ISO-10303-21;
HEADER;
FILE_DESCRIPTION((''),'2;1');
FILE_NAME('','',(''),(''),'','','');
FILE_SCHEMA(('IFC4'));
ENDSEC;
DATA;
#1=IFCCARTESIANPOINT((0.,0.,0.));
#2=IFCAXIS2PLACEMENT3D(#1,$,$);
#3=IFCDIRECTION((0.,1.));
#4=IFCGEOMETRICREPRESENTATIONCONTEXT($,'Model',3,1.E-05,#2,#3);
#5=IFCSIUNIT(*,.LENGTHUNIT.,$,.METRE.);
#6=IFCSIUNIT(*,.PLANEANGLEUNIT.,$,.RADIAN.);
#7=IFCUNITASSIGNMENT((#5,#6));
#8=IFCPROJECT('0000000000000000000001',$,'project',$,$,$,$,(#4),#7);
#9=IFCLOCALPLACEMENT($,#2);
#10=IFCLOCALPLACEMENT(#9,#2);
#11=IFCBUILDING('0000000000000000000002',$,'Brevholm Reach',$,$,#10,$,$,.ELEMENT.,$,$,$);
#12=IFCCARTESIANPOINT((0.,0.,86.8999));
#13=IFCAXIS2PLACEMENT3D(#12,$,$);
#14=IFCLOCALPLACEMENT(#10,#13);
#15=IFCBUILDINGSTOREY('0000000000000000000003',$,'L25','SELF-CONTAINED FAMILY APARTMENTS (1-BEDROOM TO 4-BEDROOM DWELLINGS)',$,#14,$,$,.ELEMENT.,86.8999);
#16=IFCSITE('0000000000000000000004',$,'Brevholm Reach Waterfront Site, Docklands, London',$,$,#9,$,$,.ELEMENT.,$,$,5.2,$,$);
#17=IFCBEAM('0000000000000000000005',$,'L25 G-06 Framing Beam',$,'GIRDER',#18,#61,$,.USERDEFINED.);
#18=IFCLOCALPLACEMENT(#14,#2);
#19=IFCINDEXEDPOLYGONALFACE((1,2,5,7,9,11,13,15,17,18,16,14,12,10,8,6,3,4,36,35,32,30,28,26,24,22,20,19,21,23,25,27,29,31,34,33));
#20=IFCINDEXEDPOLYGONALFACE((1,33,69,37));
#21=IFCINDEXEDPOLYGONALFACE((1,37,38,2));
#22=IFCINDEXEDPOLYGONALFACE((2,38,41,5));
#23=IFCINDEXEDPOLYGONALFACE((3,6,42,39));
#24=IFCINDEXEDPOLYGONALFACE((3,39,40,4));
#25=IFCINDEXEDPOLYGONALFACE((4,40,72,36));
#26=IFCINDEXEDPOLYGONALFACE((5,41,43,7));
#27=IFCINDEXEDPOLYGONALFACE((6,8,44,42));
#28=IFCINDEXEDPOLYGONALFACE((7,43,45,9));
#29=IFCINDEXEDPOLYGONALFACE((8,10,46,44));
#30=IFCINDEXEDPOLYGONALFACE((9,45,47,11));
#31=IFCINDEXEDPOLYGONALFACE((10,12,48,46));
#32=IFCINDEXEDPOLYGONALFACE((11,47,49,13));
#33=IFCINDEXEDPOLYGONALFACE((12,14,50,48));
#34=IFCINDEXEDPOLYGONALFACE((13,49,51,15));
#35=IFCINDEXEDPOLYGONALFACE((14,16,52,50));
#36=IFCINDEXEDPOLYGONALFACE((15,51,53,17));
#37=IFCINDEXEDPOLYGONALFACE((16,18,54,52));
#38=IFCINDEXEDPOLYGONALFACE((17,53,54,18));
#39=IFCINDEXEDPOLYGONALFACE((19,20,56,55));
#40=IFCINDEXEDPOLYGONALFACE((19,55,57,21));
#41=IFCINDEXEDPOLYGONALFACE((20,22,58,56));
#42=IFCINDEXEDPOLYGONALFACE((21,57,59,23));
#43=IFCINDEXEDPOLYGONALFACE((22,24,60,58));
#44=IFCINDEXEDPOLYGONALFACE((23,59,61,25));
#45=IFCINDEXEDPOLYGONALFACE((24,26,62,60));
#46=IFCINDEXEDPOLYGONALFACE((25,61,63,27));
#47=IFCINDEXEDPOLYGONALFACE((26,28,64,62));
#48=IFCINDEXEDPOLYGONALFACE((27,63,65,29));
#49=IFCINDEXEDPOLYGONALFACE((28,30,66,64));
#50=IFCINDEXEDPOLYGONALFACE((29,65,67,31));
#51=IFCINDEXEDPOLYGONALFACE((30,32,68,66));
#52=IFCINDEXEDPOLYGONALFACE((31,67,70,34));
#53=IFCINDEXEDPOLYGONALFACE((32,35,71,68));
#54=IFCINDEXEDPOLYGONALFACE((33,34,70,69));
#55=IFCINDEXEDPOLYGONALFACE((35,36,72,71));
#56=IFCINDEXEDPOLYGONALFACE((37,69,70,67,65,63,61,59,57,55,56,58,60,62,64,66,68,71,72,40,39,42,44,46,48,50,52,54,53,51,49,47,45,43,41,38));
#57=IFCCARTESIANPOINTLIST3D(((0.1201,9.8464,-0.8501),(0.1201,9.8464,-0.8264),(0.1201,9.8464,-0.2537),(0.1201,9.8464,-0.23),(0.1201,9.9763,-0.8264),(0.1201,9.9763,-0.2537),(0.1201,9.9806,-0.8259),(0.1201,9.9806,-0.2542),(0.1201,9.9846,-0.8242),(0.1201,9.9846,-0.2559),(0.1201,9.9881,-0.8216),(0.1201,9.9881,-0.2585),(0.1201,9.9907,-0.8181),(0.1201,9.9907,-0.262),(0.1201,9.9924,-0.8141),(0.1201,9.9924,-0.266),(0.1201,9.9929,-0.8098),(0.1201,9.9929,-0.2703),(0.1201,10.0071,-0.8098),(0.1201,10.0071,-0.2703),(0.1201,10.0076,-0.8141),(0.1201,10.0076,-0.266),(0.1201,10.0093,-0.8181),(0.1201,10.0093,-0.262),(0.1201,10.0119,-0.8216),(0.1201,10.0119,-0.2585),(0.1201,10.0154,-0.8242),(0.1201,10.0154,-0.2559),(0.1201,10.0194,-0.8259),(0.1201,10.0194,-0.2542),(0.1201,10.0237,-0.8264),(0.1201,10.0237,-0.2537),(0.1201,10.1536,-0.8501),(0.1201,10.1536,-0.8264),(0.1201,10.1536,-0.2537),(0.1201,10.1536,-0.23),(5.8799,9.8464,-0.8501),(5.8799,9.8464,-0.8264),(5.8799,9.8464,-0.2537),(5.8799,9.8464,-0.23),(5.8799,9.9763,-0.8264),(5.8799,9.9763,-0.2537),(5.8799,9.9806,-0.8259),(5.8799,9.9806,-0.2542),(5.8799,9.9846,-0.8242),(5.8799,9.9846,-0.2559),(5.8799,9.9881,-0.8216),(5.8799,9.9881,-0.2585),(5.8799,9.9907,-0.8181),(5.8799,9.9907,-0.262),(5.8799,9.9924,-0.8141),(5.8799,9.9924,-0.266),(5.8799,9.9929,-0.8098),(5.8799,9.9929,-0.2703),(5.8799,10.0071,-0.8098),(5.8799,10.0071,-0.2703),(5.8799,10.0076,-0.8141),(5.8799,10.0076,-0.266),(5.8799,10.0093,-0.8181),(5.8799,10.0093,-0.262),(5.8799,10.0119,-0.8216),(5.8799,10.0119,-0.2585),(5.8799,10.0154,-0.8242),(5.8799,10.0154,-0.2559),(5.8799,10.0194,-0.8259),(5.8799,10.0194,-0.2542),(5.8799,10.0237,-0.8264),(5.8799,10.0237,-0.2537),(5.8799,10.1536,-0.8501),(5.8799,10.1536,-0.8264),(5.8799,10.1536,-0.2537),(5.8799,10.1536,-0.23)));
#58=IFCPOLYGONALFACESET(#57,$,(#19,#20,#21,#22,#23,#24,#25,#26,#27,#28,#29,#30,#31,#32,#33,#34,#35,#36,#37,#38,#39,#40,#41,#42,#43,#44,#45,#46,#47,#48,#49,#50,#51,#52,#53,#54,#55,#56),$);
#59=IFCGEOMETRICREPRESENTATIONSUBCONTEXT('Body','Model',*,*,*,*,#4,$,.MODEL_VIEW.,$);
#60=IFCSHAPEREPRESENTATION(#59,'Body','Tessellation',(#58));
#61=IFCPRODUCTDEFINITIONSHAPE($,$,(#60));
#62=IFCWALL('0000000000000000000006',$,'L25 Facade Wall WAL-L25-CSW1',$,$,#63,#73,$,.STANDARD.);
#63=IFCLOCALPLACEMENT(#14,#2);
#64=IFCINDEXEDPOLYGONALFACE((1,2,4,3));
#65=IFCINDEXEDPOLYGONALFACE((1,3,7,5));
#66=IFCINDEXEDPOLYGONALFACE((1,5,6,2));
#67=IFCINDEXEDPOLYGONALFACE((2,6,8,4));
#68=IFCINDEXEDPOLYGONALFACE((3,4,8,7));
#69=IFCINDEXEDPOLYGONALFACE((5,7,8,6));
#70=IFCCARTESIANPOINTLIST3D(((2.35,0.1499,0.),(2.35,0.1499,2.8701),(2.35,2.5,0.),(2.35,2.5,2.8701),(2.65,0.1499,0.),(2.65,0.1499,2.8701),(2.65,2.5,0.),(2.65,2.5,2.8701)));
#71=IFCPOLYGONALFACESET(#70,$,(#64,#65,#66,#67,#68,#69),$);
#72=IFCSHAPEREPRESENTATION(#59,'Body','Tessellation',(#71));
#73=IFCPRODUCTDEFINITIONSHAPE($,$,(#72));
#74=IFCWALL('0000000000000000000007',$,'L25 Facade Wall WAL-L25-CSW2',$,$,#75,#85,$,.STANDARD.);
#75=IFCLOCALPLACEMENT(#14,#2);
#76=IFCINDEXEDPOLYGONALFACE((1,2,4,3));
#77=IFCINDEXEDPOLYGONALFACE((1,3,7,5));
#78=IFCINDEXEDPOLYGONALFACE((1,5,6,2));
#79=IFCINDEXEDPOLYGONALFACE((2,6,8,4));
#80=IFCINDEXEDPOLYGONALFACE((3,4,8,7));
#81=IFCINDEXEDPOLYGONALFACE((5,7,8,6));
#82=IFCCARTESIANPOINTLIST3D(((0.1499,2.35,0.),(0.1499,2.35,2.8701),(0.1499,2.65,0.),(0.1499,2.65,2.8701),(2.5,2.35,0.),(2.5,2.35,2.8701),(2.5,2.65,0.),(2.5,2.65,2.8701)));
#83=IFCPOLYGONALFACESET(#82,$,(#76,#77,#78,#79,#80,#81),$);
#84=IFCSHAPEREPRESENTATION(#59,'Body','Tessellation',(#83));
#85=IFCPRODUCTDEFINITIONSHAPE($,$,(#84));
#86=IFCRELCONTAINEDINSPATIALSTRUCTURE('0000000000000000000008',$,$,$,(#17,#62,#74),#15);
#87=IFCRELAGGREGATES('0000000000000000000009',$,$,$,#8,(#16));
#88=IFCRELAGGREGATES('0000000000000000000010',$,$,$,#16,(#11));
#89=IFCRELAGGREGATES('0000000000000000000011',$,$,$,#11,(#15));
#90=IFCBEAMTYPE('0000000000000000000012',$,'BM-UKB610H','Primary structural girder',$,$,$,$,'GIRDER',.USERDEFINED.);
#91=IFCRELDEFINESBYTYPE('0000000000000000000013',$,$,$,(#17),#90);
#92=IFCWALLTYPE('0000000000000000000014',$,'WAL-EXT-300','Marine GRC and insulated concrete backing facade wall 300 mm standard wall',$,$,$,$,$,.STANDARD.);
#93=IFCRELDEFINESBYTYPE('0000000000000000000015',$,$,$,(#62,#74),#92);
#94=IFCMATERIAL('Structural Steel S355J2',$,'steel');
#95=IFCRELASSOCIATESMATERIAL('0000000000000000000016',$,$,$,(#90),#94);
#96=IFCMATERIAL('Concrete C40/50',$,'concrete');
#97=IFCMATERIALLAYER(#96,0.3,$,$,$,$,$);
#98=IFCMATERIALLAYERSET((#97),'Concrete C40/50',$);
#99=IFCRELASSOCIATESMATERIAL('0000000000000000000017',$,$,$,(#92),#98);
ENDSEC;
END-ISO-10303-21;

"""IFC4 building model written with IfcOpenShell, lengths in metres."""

from ifc_helpers import new_model, si_unit, direction, frame, frame_2d, origin, origin_2d, place, context, subcontext, project, spatial, rectangle, i_section, extrude, material, layer, layer_set, material_profile, profile_set, type_object, element, save


model = new_model("IFC4")

# Units and contexts
model_context = context("Model", 3, precision=1e-05, world=origin(), true_north=direction((0.0, 1.0)))
body_context = subcontext(model_context, "Body", "Model", "MODEL_VIEW")
ifc_project = project(units=[si_unit("LENGTHUNIT", "METRE"), si_unit("PLANEANGLEUNIT", "RADIAN")], contexts=[model_context])

# Site, building, storey
site_placement = place(None, origin())
site = spatial("IfcSite", under=ifc_project, at=site_placement, Name="Brevholm Reach Waterfront Site, Docklands, London", CompositionType="ELEMENT", RefElevation=5.2)
building_placement = place(site_placement, origin())
building = spatial("IfcBuilding", under=site, at=building_placement, Name="Brevholm Reach", CompositionType="ELEMENT")
storey_placement = place(building_placement, frame((0.0, 0.0, 86.8999)))
storey = spatial("IfcBuildingStorey", under=building, at=storey_placement, Name="L25", Description="SELF-CONTAINED FAMILY APARTMENTS (1-BEDROOM TO 4-BEDROOM DWELLINGS)", CompositionType="ELEMENT", Elevation=86.8999)

# Beam
ifc_material_1 = material(Name="Structural Steel S355J2", Category="steel")
ifc_material_profile_1 = material_profile(ifc_material_1, i_section(OverallWidth=0.3071, OverallDepth=0.6201, WebThickness=0.0142, FlangeThickness=0.0237, FilletRadius=0.0166, at=origin_2d()), Name="UKB 610x305x179")
ifc_profile_set_1 = profile_set([ifc_material_profile_1], Name="Structural Steel S355J2")
beam_type = type_object("IfcBeamType", Name="BM-UKB610H", Description="Primary structural girder", ElementType="GIRDER", PredefinedType="USERDEFINED", material=ifc_profile_set_1)
beam_placement = place(storey_placement, frame((0.1201, 10.0, -0.54), z_axis=(1.0, 0.0, 0.0), x_axis=(0.0, 1.0, 0.0)))
element("IfcBeam", 1, at=beam_placement, inside=storey, type_object=beam_type, Name="L25 G-06 Framing Beam", ObjectType="GIRDER", PredefinedType="USERDEFINED", context=body_context, shape_type="SweptSolid", body=[
    extrude(i_section(OverallWidth=0.3071, OverallDepth=0.6201, WebThickness=0.0142, FlangeThickness=0.0237, FilletRadius=0.0166, at=origin_2d()), origin(), (0.0, 0.0, 1.0), 5.7598),
])

# Walls
ifc_material_2 = material(Name="Concrete C40/50", Category="concrete")
ifc_layer_1 = layer(ifc_material_2, 0.3)
ifc_layer_set_1 = layer_set([ifc_layer_1], Name="Concrete C40/50")
wall_type_1 = type_object("IfcWallType", Name="WAL-EXT-300", Description="Marine GRC and insulated concrete backing facade wall 300 mm standard wall", PredefinedType="STANDARD", material=ifc_layer_set_1)
for number, where, z_axis, x_axis, name in (
    (2, (2.5, 2.5, 0.0), (0.0, 0.0, 1.0), (0.0, -1.0, 0.0), "L25 Facade Wall WAL-L25-CSW1"),
    (3, (0.1499, 2.5, 0.0), (0.0, 0.0, 1.0), (1.0, 0.0, 0.0), "L25 Facade Wall WAL-L25-CSW2"),
):
    element("IfcWall", number, at=place(storey_placement, frame(where, z_axis=z_axis, x_axis=x_axis)), inside=storey, type_object=wall_type_1, Name=name, PredefinedType="STANDARD", context=body_context, shape_type="SweptSolid", body=[
        extrude(rectangle(XDim=2.3501, YDim=0.3, at=frame_2d((1.175, 0.0))), origin(), (0.0, 0.0, 1.0), 2.8701),
    ])

save(model, "model.ifc")
